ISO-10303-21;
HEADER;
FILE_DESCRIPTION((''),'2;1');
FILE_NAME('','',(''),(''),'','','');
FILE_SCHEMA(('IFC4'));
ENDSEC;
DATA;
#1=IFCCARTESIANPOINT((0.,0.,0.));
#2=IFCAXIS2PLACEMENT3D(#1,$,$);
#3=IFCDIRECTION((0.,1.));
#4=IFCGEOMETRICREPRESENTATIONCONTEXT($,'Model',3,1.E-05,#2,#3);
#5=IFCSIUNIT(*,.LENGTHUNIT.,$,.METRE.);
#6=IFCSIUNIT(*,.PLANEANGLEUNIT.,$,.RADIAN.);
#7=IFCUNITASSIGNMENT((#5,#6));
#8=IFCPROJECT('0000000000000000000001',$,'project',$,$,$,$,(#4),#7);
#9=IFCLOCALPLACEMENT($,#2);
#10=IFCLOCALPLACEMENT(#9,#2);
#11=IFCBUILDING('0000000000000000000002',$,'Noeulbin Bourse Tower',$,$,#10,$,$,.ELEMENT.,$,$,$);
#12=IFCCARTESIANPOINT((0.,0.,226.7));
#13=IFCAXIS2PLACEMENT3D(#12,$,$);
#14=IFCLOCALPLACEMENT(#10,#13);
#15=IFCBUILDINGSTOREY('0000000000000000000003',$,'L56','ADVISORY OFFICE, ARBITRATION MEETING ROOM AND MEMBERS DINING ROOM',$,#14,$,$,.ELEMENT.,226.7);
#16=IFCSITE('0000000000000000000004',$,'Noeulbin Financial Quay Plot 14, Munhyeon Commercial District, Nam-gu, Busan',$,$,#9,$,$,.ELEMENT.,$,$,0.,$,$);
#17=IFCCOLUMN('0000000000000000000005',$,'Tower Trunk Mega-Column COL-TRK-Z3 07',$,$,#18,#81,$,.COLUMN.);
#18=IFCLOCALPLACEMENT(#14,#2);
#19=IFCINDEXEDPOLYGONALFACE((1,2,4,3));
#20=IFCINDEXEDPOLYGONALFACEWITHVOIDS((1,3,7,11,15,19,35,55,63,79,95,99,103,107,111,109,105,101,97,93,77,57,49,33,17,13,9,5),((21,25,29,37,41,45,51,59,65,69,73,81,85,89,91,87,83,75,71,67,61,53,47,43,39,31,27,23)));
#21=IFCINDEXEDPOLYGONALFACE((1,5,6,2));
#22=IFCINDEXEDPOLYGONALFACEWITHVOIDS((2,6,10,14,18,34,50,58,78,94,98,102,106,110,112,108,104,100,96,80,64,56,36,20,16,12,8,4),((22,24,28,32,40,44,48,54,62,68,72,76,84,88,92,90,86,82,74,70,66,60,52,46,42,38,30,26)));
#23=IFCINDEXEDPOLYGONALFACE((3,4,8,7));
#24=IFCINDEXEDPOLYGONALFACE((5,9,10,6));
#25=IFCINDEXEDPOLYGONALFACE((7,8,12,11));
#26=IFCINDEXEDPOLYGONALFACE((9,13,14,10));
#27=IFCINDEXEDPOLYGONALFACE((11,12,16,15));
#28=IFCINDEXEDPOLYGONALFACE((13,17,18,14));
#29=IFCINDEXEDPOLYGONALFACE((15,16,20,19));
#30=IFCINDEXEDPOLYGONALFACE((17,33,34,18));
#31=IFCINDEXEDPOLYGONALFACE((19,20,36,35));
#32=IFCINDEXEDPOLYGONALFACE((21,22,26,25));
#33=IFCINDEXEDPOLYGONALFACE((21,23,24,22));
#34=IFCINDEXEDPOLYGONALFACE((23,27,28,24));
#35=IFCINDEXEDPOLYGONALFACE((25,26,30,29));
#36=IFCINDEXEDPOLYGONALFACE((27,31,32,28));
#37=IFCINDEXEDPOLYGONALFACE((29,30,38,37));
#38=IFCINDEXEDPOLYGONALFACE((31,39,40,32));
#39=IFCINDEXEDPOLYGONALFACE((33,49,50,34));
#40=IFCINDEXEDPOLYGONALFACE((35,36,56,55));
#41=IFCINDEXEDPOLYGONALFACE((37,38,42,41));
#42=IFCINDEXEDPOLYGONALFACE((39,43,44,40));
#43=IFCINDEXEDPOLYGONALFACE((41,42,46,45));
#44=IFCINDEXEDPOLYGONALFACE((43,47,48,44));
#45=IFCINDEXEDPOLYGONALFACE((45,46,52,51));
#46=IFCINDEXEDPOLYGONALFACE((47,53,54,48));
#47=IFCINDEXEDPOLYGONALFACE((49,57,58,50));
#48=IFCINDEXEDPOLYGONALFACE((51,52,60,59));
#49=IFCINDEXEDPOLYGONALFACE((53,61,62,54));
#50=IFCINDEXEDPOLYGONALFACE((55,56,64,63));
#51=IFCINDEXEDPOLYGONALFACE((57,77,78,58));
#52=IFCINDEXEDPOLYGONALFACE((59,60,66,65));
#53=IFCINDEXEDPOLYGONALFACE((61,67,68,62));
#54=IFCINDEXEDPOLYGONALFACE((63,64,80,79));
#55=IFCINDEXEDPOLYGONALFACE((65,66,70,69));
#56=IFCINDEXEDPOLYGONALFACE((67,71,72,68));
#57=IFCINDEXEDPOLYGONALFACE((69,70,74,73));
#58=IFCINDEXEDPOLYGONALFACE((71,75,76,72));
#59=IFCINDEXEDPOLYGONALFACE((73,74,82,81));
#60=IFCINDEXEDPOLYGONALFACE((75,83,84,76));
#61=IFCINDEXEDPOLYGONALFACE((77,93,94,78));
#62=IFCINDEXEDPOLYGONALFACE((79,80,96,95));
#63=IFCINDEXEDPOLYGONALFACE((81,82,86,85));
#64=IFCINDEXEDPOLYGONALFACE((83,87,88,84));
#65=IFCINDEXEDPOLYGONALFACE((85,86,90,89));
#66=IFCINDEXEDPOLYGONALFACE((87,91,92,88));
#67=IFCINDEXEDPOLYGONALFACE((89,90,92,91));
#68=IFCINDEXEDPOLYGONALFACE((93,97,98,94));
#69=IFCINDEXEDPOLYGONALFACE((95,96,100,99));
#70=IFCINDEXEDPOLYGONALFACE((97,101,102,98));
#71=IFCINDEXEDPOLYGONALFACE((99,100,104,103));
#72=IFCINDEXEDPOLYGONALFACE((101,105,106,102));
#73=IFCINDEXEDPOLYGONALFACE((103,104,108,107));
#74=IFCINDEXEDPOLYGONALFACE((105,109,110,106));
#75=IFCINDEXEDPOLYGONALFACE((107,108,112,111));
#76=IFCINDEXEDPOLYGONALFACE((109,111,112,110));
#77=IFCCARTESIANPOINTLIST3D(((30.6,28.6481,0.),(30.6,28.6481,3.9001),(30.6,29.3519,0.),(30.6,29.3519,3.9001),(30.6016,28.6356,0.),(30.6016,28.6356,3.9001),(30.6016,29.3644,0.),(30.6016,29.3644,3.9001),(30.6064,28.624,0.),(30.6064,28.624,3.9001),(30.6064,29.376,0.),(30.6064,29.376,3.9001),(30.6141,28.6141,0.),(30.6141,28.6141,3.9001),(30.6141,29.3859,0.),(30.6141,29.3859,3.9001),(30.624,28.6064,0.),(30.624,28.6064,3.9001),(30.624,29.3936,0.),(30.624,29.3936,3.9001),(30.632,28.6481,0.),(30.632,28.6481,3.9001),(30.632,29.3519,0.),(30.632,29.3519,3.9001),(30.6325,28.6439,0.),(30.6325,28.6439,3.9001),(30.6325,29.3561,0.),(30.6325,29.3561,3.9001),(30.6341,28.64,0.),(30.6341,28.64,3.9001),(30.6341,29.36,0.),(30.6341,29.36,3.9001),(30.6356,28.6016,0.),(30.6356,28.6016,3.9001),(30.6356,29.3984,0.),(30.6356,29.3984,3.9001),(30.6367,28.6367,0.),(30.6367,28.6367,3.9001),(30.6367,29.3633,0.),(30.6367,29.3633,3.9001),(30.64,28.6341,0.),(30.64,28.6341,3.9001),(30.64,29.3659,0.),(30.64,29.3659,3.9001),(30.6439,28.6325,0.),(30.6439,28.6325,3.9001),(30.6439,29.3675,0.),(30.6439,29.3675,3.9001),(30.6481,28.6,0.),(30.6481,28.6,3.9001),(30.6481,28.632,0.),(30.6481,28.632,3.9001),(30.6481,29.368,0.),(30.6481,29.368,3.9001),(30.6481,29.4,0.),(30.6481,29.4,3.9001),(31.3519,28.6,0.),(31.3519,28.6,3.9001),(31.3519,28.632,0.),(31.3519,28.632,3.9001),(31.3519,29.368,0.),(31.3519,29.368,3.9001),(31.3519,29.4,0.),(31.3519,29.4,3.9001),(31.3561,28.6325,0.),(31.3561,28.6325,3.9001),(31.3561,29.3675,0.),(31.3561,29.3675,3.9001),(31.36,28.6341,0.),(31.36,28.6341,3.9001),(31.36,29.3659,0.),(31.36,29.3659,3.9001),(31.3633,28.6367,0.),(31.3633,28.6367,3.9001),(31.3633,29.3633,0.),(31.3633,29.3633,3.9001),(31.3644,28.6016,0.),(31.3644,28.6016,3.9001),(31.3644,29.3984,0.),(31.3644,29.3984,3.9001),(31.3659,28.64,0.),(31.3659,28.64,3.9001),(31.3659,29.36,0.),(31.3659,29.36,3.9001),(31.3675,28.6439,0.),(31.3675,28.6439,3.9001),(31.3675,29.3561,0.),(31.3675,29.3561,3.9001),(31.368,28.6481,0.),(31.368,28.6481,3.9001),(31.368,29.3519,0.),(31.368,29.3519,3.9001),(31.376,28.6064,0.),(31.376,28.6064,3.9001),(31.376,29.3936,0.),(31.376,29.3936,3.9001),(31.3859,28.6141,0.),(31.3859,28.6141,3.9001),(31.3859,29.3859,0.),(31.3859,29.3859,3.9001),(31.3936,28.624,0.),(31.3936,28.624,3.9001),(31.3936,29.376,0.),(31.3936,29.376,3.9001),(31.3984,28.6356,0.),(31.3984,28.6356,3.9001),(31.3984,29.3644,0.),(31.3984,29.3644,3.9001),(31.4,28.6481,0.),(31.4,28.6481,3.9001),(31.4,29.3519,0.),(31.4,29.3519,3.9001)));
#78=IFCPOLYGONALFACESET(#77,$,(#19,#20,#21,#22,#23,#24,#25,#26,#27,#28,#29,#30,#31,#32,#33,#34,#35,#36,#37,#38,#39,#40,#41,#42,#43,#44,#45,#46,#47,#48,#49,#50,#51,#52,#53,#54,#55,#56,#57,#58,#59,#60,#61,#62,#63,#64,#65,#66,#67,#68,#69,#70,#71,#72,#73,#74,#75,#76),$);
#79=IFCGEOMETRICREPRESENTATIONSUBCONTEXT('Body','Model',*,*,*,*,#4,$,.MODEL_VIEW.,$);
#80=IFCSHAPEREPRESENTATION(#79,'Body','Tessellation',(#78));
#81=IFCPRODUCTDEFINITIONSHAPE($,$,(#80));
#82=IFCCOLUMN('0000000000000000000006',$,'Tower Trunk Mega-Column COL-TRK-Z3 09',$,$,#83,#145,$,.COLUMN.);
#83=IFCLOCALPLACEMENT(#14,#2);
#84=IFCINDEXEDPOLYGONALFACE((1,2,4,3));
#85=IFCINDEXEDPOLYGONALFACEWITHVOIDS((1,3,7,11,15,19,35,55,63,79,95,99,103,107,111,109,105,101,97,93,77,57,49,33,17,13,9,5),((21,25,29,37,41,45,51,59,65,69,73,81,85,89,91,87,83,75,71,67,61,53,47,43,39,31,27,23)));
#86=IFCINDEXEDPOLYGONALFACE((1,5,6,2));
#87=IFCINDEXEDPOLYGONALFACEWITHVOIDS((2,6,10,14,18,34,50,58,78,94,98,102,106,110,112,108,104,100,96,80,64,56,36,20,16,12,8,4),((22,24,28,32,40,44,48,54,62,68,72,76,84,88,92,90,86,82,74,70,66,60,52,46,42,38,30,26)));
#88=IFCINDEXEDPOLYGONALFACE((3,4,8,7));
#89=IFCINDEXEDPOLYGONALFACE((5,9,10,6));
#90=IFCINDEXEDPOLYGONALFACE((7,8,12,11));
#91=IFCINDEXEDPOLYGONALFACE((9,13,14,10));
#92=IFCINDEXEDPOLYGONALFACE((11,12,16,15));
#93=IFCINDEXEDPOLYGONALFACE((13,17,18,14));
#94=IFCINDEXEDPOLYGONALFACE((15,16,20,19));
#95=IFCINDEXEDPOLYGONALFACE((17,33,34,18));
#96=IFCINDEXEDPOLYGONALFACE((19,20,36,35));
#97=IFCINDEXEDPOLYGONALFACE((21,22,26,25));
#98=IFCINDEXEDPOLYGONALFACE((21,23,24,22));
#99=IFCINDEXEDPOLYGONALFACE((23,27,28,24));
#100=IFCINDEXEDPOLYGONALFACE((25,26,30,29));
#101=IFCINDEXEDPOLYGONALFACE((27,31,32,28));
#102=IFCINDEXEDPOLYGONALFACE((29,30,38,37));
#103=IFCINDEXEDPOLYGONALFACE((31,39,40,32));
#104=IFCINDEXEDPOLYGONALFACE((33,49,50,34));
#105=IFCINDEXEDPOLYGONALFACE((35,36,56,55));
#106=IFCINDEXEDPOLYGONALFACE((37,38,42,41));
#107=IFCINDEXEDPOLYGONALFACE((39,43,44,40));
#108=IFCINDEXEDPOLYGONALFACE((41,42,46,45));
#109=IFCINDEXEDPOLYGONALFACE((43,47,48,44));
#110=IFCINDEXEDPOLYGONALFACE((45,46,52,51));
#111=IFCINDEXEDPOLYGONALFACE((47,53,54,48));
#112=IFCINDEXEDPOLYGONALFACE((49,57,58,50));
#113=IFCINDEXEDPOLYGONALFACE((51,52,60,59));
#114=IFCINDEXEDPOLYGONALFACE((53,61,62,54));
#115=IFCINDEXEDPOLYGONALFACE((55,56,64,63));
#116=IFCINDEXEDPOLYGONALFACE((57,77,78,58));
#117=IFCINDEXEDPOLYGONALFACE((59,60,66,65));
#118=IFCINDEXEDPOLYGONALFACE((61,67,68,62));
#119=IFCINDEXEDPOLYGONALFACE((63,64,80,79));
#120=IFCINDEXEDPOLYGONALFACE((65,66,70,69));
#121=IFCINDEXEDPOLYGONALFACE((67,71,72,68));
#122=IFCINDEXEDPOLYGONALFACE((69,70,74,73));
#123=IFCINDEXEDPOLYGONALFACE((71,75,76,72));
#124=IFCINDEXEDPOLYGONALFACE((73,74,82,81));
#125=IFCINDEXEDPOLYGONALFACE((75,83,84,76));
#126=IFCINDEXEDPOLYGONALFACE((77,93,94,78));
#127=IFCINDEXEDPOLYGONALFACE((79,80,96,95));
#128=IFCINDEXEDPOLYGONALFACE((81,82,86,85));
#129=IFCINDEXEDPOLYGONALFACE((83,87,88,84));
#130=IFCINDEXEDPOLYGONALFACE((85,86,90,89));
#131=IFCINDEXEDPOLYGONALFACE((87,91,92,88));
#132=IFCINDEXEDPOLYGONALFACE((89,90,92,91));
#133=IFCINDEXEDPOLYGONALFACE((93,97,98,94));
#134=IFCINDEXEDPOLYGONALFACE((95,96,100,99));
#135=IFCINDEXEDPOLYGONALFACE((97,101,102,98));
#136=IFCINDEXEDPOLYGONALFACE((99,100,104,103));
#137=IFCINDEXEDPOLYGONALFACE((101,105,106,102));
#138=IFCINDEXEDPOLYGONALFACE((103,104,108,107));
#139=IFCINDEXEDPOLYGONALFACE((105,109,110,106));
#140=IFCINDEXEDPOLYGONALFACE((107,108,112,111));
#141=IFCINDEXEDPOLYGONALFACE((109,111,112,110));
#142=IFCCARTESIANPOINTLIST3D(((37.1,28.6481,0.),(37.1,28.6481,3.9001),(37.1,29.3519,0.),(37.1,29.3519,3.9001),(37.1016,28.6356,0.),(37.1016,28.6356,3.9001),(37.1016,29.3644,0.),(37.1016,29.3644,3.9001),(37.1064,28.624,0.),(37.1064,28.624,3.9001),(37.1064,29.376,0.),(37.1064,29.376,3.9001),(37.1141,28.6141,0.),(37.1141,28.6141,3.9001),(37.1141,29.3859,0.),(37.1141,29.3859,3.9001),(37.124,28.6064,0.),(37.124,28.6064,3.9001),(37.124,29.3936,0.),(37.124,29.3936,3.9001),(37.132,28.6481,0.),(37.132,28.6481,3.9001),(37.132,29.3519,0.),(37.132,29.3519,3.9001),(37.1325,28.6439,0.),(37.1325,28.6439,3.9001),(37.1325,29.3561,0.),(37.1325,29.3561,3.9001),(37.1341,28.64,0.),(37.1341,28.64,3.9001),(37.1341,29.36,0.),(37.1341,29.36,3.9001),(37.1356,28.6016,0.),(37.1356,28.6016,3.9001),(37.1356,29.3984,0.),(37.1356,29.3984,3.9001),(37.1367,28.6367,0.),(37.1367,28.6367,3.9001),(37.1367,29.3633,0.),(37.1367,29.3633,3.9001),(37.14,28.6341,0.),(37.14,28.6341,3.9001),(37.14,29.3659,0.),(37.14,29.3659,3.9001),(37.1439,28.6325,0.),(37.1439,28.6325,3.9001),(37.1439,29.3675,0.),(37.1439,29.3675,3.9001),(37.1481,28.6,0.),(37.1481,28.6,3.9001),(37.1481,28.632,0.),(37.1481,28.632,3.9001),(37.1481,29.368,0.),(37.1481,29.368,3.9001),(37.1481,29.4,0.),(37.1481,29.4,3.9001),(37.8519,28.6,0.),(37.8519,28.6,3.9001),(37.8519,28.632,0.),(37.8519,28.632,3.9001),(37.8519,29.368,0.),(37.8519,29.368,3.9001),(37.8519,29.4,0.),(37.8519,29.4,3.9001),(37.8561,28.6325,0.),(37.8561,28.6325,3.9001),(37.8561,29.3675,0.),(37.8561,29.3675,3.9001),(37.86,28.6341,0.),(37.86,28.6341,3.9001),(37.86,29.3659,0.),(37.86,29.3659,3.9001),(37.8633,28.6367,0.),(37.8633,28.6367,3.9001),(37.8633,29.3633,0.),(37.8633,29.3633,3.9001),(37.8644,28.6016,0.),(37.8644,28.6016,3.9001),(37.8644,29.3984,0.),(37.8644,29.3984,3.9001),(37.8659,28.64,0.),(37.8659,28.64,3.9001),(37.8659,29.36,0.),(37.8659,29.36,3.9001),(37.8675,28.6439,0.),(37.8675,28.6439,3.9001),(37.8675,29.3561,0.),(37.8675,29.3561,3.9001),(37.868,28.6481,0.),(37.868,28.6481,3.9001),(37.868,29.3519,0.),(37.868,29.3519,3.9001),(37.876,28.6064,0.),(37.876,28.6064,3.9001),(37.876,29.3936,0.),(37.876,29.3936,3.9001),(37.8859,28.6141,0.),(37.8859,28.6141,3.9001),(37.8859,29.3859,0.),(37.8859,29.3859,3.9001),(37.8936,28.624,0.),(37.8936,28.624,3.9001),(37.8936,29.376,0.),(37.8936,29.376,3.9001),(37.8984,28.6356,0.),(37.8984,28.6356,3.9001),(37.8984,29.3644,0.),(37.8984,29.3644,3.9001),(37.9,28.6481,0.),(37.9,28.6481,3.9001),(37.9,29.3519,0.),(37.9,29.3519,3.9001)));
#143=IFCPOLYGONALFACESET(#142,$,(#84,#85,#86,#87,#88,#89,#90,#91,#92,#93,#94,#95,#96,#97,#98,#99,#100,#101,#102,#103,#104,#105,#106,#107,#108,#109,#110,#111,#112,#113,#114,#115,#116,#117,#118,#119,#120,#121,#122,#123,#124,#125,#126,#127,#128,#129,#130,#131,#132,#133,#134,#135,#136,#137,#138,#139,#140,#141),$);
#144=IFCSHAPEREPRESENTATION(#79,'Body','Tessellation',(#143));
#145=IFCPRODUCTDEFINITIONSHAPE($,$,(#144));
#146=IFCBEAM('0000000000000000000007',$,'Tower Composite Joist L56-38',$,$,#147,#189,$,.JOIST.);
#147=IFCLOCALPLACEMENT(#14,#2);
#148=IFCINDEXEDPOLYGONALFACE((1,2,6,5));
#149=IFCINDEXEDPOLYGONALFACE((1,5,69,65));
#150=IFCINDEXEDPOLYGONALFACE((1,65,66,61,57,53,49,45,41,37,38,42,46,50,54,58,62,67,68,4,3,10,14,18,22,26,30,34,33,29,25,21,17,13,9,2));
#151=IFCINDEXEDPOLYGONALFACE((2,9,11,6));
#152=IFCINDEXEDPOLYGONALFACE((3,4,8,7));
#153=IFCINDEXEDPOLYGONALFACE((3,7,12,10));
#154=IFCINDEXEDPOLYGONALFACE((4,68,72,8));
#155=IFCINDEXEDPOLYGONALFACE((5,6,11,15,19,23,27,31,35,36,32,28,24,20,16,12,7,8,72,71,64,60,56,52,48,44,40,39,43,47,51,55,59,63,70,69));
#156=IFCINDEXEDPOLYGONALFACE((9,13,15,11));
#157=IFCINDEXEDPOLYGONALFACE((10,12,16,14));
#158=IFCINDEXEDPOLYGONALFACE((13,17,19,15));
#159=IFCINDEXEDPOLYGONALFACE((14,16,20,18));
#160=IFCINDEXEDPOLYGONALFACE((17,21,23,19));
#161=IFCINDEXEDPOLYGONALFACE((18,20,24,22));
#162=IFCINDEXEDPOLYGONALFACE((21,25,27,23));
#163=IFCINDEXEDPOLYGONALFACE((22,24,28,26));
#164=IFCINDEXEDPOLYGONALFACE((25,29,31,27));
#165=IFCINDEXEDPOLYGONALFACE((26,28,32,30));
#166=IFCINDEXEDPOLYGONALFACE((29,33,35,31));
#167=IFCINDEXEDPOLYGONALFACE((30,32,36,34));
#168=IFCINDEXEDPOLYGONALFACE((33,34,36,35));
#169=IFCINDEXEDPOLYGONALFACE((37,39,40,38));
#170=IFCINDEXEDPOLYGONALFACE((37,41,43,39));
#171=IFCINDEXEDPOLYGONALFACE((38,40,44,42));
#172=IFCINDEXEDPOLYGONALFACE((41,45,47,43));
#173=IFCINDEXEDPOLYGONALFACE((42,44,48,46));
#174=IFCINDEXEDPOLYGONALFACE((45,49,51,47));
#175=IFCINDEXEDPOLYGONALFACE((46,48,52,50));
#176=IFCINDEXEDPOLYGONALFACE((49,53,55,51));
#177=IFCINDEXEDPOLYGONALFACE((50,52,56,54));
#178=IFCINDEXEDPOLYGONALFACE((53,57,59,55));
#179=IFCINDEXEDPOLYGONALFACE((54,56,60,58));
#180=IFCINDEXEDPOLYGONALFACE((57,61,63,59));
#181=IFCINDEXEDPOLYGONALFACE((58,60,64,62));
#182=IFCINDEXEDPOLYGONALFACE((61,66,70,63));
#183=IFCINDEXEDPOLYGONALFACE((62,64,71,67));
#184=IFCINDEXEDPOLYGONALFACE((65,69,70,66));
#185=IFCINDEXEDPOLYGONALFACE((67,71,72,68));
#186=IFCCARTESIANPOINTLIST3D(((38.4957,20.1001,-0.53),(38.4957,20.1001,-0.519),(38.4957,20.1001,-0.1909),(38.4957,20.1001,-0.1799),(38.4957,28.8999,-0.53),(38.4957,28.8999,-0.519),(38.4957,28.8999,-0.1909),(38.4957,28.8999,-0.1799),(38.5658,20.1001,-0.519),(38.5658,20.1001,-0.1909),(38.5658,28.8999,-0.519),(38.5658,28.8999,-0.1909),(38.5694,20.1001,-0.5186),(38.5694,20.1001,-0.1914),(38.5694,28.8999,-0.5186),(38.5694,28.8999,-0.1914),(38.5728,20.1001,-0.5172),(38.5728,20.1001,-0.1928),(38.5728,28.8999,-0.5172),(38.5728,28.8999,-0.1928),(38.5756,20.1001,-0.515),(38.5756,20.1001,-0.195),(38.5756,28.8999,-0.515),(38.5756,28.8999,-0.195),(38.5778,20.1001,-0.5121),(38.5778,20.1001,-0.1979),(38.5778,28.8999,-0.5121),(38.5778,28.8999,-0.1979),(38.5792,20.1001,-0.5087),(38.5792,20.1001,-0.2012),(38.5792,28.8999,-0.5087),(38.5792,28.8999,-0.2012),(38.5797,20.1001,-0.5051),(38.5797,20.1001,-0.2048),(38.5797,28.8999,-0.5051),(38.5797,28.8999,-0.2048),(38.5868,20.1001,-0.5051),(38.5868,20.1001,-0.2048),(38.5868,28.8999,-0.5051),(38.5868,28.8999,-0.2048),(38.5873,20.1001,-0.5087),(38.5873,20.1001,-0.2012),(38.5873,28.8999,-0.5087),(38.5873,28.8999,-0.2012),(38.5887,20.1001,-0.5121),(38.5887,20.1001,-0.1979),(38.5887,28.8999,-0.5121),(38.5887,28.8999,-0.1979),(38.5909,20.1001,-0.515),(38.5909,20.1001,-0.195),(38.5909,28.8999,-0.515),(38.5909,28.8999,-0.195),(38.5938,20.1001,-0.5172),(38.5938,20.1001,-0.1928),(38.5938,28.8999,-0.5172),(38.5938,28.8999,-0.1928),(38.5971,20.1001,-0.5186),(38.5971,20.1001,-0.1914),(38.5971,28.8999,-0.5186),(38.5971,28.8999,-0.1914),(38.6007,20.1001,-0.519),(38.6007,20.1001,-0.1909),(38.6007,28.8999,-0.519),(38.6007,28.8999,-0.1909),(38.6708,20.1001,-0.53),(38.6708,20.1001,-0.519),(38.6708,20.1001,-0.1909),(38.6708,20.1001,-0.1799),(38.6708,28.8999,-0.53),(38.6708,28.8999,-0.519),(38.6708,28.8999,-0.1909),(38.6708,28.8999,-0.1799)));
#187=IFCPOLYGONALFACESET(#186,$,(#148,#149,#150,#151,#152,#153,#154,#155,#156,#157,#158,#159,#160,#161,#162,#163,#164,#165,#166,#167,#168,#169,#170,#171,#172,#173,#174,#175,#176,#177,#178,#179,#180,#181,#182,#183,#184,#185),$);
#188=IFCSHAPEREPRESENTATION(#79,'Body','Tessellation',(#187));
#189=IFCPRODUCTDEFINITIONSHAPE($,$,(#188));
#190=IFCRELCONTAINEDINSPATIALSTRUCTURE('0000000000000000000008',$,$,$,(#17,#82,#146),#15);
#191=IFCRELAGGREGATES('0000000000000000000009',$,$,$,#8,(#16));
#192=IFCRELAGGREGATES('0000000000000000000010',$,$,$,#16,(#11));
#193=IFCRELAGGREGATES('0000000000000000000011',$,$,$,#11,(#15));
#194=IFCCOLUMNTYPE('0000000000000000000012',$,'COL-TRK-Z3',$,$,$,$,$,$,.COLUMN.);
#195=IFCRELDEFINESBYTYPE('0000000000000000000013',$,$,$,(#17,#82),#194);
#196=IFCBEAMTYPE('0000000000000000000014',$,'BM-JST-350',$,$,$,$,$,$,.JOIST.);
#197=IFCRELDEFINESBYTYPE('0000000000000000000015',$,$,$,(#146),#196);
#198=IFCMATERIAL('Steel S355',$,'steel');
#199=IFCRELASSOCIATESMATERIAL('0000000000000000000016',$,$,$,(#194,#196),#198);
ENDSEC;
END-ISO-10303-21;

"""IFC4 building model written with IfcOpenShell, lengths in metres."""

from ifc_helpers import new_model, si_unit, direction, frame, origin, origin_2d, place, context, subcontext, project, spatial, hollow_rectangle, i_section, extrude, material, material_profile, profile_set, type_object, element, save


model = new_model("IFC4")

# Units and contexts
model_context = context("Model", 3, precision=1e-05, world=origin(), true_north=direction((0.0, 1.0)))
body_context = subcontext(model_context, "Body", "Model", "MODEL_VIEW")
ifc_project = project(units=[si_unit("LENGTHUNIT", "METRE"), si_unit("PLANEANGLEUNIT", "RADIAN")], contexts=[model_context])

# Site, building, storey
site_placement = place(None, origin())
site = spatial("IfcSite", under=ifc_project, at=site_placement, Name="Noeulbin Financial Quay Plot 14, Munhyeon Commercial District, Nam-gu, Busan", CompositionType="ELEMENT", RefElevation=0.0)
building_placement = place(site_placement, origin())
building = spatial("IfcBuilding", under=site, at=building_placement, Name="Noeulbin Bourse Tower", CompositionType="ELEMENT")
storey_placement = place(building_placement, frame((0.0, 0.0, 226.7)))
storey = spatial("IfcBuildingStorey", under=building, at=storey_placement, Name="L56", Description="ADVISORY OFFICE, ARBITRATION MEETING ROOM AND MEMBERS DINING ROOM", CompositionType="ELEMENT", Elevation=226.7)

# Columns
ifc_material_1 = material(Name="Steel S355", Category="steel")
ifc_material_profile_1 = material_profile(ifc_material_1, hollow_rectangle(XDim=0.8, YDim=0.8, WallThickness=0.032, InnerFilletRadius=0.0161, OuterFilletRadius=0.0481, at=origin_2d()), Name="BOX-800x800x32", Category="LoadBearing")
ifc_profile_set_1 = profile_set([ifc_material_profile_1], Name="Steel S355")
column_type = type_object("IfcColumnType", Name="COL-TRK-Z3", PredefinedType="COLUMN", material=ifc_profile_set_1)
for number, where, z_axis, x_axis, name in (
    (1, (31.0, 29.0, 0.0), (0.0, 0.0, 1.0), (1.0, 0.0, 0.0), "Tower Trunk Mega-Column COL-TRK-Z3 07"),
    (2, (37.5, 29.0, 0.0), (0.0, 0.0, 1.0), (1.0, 0.0, 0.0), "Tower Trunk Mega-Column COL-TRK-Z3 09"),
):
    element("IfcColumn", number, at=place(storey_placement, frame(where, z_axis=z_axis, x_axis=x_axis)), inside=storey, type_object=column_type, Name=name, PredefinedType="COLUMN", context=body_context, shape_type="SweptSolid", body=[
        extrude(hollow_rectangle(XDim=0.8, YDim=0.8, WallThickness=0.032, InnerFilletRadius=0.0161, OuterFilletRadius=0.0481, at=origin_2d()), origin(), (0.0, 0.0, 1.0), 3.9001),
    ])

# Beam
ifc_material_profile_2 = material_profile(ifc_material_1, i_section(OverallWidth=0.175, OverallDepth=0.3501, WebThickness=0.0071, FlangeThickness=0.011, FilletRadius=0.0139, at=origin_2d()), Name="H-350x175x7x11", Category="LoadBearing")
ifc_profile_set_2 = profile_set([ifc_material_profile_2], Name="Steel S355")
beam_type_1 = type_object("IfcBeamType", Name="BM-JST-350", PredefinedType="JOIST", material=ifc_profile_set_2)
for number, where, z_axis, x_axis, name in (
    (3, (38.5833, 20.1001, -0.355), (0.0, 1.0, 0.0), (-1.0, 0.0, 0.0), "Tower Composite Joist L56-38"),
):
    element("IfcBeam", number, at=place(storey_placement, frame(where, z_axis=z_axis, x_axis=x_axis)), inside=storey, type_object=beam_type_1, Name=name, PredefinedType="JOIST", context=body_context, shape_type="SweptSolid", body=[
        extrude(i_section(OverallWidth=0.175, OverallDepth=0.3501, WebThickness=0.0071, FlangeThickness=0.011, FilletRadius=0.0139, at=origin_2d()), origin(), (0.0, 0.0, 1.0), 8.7998),
    ])

save(model, "model.ifc")
